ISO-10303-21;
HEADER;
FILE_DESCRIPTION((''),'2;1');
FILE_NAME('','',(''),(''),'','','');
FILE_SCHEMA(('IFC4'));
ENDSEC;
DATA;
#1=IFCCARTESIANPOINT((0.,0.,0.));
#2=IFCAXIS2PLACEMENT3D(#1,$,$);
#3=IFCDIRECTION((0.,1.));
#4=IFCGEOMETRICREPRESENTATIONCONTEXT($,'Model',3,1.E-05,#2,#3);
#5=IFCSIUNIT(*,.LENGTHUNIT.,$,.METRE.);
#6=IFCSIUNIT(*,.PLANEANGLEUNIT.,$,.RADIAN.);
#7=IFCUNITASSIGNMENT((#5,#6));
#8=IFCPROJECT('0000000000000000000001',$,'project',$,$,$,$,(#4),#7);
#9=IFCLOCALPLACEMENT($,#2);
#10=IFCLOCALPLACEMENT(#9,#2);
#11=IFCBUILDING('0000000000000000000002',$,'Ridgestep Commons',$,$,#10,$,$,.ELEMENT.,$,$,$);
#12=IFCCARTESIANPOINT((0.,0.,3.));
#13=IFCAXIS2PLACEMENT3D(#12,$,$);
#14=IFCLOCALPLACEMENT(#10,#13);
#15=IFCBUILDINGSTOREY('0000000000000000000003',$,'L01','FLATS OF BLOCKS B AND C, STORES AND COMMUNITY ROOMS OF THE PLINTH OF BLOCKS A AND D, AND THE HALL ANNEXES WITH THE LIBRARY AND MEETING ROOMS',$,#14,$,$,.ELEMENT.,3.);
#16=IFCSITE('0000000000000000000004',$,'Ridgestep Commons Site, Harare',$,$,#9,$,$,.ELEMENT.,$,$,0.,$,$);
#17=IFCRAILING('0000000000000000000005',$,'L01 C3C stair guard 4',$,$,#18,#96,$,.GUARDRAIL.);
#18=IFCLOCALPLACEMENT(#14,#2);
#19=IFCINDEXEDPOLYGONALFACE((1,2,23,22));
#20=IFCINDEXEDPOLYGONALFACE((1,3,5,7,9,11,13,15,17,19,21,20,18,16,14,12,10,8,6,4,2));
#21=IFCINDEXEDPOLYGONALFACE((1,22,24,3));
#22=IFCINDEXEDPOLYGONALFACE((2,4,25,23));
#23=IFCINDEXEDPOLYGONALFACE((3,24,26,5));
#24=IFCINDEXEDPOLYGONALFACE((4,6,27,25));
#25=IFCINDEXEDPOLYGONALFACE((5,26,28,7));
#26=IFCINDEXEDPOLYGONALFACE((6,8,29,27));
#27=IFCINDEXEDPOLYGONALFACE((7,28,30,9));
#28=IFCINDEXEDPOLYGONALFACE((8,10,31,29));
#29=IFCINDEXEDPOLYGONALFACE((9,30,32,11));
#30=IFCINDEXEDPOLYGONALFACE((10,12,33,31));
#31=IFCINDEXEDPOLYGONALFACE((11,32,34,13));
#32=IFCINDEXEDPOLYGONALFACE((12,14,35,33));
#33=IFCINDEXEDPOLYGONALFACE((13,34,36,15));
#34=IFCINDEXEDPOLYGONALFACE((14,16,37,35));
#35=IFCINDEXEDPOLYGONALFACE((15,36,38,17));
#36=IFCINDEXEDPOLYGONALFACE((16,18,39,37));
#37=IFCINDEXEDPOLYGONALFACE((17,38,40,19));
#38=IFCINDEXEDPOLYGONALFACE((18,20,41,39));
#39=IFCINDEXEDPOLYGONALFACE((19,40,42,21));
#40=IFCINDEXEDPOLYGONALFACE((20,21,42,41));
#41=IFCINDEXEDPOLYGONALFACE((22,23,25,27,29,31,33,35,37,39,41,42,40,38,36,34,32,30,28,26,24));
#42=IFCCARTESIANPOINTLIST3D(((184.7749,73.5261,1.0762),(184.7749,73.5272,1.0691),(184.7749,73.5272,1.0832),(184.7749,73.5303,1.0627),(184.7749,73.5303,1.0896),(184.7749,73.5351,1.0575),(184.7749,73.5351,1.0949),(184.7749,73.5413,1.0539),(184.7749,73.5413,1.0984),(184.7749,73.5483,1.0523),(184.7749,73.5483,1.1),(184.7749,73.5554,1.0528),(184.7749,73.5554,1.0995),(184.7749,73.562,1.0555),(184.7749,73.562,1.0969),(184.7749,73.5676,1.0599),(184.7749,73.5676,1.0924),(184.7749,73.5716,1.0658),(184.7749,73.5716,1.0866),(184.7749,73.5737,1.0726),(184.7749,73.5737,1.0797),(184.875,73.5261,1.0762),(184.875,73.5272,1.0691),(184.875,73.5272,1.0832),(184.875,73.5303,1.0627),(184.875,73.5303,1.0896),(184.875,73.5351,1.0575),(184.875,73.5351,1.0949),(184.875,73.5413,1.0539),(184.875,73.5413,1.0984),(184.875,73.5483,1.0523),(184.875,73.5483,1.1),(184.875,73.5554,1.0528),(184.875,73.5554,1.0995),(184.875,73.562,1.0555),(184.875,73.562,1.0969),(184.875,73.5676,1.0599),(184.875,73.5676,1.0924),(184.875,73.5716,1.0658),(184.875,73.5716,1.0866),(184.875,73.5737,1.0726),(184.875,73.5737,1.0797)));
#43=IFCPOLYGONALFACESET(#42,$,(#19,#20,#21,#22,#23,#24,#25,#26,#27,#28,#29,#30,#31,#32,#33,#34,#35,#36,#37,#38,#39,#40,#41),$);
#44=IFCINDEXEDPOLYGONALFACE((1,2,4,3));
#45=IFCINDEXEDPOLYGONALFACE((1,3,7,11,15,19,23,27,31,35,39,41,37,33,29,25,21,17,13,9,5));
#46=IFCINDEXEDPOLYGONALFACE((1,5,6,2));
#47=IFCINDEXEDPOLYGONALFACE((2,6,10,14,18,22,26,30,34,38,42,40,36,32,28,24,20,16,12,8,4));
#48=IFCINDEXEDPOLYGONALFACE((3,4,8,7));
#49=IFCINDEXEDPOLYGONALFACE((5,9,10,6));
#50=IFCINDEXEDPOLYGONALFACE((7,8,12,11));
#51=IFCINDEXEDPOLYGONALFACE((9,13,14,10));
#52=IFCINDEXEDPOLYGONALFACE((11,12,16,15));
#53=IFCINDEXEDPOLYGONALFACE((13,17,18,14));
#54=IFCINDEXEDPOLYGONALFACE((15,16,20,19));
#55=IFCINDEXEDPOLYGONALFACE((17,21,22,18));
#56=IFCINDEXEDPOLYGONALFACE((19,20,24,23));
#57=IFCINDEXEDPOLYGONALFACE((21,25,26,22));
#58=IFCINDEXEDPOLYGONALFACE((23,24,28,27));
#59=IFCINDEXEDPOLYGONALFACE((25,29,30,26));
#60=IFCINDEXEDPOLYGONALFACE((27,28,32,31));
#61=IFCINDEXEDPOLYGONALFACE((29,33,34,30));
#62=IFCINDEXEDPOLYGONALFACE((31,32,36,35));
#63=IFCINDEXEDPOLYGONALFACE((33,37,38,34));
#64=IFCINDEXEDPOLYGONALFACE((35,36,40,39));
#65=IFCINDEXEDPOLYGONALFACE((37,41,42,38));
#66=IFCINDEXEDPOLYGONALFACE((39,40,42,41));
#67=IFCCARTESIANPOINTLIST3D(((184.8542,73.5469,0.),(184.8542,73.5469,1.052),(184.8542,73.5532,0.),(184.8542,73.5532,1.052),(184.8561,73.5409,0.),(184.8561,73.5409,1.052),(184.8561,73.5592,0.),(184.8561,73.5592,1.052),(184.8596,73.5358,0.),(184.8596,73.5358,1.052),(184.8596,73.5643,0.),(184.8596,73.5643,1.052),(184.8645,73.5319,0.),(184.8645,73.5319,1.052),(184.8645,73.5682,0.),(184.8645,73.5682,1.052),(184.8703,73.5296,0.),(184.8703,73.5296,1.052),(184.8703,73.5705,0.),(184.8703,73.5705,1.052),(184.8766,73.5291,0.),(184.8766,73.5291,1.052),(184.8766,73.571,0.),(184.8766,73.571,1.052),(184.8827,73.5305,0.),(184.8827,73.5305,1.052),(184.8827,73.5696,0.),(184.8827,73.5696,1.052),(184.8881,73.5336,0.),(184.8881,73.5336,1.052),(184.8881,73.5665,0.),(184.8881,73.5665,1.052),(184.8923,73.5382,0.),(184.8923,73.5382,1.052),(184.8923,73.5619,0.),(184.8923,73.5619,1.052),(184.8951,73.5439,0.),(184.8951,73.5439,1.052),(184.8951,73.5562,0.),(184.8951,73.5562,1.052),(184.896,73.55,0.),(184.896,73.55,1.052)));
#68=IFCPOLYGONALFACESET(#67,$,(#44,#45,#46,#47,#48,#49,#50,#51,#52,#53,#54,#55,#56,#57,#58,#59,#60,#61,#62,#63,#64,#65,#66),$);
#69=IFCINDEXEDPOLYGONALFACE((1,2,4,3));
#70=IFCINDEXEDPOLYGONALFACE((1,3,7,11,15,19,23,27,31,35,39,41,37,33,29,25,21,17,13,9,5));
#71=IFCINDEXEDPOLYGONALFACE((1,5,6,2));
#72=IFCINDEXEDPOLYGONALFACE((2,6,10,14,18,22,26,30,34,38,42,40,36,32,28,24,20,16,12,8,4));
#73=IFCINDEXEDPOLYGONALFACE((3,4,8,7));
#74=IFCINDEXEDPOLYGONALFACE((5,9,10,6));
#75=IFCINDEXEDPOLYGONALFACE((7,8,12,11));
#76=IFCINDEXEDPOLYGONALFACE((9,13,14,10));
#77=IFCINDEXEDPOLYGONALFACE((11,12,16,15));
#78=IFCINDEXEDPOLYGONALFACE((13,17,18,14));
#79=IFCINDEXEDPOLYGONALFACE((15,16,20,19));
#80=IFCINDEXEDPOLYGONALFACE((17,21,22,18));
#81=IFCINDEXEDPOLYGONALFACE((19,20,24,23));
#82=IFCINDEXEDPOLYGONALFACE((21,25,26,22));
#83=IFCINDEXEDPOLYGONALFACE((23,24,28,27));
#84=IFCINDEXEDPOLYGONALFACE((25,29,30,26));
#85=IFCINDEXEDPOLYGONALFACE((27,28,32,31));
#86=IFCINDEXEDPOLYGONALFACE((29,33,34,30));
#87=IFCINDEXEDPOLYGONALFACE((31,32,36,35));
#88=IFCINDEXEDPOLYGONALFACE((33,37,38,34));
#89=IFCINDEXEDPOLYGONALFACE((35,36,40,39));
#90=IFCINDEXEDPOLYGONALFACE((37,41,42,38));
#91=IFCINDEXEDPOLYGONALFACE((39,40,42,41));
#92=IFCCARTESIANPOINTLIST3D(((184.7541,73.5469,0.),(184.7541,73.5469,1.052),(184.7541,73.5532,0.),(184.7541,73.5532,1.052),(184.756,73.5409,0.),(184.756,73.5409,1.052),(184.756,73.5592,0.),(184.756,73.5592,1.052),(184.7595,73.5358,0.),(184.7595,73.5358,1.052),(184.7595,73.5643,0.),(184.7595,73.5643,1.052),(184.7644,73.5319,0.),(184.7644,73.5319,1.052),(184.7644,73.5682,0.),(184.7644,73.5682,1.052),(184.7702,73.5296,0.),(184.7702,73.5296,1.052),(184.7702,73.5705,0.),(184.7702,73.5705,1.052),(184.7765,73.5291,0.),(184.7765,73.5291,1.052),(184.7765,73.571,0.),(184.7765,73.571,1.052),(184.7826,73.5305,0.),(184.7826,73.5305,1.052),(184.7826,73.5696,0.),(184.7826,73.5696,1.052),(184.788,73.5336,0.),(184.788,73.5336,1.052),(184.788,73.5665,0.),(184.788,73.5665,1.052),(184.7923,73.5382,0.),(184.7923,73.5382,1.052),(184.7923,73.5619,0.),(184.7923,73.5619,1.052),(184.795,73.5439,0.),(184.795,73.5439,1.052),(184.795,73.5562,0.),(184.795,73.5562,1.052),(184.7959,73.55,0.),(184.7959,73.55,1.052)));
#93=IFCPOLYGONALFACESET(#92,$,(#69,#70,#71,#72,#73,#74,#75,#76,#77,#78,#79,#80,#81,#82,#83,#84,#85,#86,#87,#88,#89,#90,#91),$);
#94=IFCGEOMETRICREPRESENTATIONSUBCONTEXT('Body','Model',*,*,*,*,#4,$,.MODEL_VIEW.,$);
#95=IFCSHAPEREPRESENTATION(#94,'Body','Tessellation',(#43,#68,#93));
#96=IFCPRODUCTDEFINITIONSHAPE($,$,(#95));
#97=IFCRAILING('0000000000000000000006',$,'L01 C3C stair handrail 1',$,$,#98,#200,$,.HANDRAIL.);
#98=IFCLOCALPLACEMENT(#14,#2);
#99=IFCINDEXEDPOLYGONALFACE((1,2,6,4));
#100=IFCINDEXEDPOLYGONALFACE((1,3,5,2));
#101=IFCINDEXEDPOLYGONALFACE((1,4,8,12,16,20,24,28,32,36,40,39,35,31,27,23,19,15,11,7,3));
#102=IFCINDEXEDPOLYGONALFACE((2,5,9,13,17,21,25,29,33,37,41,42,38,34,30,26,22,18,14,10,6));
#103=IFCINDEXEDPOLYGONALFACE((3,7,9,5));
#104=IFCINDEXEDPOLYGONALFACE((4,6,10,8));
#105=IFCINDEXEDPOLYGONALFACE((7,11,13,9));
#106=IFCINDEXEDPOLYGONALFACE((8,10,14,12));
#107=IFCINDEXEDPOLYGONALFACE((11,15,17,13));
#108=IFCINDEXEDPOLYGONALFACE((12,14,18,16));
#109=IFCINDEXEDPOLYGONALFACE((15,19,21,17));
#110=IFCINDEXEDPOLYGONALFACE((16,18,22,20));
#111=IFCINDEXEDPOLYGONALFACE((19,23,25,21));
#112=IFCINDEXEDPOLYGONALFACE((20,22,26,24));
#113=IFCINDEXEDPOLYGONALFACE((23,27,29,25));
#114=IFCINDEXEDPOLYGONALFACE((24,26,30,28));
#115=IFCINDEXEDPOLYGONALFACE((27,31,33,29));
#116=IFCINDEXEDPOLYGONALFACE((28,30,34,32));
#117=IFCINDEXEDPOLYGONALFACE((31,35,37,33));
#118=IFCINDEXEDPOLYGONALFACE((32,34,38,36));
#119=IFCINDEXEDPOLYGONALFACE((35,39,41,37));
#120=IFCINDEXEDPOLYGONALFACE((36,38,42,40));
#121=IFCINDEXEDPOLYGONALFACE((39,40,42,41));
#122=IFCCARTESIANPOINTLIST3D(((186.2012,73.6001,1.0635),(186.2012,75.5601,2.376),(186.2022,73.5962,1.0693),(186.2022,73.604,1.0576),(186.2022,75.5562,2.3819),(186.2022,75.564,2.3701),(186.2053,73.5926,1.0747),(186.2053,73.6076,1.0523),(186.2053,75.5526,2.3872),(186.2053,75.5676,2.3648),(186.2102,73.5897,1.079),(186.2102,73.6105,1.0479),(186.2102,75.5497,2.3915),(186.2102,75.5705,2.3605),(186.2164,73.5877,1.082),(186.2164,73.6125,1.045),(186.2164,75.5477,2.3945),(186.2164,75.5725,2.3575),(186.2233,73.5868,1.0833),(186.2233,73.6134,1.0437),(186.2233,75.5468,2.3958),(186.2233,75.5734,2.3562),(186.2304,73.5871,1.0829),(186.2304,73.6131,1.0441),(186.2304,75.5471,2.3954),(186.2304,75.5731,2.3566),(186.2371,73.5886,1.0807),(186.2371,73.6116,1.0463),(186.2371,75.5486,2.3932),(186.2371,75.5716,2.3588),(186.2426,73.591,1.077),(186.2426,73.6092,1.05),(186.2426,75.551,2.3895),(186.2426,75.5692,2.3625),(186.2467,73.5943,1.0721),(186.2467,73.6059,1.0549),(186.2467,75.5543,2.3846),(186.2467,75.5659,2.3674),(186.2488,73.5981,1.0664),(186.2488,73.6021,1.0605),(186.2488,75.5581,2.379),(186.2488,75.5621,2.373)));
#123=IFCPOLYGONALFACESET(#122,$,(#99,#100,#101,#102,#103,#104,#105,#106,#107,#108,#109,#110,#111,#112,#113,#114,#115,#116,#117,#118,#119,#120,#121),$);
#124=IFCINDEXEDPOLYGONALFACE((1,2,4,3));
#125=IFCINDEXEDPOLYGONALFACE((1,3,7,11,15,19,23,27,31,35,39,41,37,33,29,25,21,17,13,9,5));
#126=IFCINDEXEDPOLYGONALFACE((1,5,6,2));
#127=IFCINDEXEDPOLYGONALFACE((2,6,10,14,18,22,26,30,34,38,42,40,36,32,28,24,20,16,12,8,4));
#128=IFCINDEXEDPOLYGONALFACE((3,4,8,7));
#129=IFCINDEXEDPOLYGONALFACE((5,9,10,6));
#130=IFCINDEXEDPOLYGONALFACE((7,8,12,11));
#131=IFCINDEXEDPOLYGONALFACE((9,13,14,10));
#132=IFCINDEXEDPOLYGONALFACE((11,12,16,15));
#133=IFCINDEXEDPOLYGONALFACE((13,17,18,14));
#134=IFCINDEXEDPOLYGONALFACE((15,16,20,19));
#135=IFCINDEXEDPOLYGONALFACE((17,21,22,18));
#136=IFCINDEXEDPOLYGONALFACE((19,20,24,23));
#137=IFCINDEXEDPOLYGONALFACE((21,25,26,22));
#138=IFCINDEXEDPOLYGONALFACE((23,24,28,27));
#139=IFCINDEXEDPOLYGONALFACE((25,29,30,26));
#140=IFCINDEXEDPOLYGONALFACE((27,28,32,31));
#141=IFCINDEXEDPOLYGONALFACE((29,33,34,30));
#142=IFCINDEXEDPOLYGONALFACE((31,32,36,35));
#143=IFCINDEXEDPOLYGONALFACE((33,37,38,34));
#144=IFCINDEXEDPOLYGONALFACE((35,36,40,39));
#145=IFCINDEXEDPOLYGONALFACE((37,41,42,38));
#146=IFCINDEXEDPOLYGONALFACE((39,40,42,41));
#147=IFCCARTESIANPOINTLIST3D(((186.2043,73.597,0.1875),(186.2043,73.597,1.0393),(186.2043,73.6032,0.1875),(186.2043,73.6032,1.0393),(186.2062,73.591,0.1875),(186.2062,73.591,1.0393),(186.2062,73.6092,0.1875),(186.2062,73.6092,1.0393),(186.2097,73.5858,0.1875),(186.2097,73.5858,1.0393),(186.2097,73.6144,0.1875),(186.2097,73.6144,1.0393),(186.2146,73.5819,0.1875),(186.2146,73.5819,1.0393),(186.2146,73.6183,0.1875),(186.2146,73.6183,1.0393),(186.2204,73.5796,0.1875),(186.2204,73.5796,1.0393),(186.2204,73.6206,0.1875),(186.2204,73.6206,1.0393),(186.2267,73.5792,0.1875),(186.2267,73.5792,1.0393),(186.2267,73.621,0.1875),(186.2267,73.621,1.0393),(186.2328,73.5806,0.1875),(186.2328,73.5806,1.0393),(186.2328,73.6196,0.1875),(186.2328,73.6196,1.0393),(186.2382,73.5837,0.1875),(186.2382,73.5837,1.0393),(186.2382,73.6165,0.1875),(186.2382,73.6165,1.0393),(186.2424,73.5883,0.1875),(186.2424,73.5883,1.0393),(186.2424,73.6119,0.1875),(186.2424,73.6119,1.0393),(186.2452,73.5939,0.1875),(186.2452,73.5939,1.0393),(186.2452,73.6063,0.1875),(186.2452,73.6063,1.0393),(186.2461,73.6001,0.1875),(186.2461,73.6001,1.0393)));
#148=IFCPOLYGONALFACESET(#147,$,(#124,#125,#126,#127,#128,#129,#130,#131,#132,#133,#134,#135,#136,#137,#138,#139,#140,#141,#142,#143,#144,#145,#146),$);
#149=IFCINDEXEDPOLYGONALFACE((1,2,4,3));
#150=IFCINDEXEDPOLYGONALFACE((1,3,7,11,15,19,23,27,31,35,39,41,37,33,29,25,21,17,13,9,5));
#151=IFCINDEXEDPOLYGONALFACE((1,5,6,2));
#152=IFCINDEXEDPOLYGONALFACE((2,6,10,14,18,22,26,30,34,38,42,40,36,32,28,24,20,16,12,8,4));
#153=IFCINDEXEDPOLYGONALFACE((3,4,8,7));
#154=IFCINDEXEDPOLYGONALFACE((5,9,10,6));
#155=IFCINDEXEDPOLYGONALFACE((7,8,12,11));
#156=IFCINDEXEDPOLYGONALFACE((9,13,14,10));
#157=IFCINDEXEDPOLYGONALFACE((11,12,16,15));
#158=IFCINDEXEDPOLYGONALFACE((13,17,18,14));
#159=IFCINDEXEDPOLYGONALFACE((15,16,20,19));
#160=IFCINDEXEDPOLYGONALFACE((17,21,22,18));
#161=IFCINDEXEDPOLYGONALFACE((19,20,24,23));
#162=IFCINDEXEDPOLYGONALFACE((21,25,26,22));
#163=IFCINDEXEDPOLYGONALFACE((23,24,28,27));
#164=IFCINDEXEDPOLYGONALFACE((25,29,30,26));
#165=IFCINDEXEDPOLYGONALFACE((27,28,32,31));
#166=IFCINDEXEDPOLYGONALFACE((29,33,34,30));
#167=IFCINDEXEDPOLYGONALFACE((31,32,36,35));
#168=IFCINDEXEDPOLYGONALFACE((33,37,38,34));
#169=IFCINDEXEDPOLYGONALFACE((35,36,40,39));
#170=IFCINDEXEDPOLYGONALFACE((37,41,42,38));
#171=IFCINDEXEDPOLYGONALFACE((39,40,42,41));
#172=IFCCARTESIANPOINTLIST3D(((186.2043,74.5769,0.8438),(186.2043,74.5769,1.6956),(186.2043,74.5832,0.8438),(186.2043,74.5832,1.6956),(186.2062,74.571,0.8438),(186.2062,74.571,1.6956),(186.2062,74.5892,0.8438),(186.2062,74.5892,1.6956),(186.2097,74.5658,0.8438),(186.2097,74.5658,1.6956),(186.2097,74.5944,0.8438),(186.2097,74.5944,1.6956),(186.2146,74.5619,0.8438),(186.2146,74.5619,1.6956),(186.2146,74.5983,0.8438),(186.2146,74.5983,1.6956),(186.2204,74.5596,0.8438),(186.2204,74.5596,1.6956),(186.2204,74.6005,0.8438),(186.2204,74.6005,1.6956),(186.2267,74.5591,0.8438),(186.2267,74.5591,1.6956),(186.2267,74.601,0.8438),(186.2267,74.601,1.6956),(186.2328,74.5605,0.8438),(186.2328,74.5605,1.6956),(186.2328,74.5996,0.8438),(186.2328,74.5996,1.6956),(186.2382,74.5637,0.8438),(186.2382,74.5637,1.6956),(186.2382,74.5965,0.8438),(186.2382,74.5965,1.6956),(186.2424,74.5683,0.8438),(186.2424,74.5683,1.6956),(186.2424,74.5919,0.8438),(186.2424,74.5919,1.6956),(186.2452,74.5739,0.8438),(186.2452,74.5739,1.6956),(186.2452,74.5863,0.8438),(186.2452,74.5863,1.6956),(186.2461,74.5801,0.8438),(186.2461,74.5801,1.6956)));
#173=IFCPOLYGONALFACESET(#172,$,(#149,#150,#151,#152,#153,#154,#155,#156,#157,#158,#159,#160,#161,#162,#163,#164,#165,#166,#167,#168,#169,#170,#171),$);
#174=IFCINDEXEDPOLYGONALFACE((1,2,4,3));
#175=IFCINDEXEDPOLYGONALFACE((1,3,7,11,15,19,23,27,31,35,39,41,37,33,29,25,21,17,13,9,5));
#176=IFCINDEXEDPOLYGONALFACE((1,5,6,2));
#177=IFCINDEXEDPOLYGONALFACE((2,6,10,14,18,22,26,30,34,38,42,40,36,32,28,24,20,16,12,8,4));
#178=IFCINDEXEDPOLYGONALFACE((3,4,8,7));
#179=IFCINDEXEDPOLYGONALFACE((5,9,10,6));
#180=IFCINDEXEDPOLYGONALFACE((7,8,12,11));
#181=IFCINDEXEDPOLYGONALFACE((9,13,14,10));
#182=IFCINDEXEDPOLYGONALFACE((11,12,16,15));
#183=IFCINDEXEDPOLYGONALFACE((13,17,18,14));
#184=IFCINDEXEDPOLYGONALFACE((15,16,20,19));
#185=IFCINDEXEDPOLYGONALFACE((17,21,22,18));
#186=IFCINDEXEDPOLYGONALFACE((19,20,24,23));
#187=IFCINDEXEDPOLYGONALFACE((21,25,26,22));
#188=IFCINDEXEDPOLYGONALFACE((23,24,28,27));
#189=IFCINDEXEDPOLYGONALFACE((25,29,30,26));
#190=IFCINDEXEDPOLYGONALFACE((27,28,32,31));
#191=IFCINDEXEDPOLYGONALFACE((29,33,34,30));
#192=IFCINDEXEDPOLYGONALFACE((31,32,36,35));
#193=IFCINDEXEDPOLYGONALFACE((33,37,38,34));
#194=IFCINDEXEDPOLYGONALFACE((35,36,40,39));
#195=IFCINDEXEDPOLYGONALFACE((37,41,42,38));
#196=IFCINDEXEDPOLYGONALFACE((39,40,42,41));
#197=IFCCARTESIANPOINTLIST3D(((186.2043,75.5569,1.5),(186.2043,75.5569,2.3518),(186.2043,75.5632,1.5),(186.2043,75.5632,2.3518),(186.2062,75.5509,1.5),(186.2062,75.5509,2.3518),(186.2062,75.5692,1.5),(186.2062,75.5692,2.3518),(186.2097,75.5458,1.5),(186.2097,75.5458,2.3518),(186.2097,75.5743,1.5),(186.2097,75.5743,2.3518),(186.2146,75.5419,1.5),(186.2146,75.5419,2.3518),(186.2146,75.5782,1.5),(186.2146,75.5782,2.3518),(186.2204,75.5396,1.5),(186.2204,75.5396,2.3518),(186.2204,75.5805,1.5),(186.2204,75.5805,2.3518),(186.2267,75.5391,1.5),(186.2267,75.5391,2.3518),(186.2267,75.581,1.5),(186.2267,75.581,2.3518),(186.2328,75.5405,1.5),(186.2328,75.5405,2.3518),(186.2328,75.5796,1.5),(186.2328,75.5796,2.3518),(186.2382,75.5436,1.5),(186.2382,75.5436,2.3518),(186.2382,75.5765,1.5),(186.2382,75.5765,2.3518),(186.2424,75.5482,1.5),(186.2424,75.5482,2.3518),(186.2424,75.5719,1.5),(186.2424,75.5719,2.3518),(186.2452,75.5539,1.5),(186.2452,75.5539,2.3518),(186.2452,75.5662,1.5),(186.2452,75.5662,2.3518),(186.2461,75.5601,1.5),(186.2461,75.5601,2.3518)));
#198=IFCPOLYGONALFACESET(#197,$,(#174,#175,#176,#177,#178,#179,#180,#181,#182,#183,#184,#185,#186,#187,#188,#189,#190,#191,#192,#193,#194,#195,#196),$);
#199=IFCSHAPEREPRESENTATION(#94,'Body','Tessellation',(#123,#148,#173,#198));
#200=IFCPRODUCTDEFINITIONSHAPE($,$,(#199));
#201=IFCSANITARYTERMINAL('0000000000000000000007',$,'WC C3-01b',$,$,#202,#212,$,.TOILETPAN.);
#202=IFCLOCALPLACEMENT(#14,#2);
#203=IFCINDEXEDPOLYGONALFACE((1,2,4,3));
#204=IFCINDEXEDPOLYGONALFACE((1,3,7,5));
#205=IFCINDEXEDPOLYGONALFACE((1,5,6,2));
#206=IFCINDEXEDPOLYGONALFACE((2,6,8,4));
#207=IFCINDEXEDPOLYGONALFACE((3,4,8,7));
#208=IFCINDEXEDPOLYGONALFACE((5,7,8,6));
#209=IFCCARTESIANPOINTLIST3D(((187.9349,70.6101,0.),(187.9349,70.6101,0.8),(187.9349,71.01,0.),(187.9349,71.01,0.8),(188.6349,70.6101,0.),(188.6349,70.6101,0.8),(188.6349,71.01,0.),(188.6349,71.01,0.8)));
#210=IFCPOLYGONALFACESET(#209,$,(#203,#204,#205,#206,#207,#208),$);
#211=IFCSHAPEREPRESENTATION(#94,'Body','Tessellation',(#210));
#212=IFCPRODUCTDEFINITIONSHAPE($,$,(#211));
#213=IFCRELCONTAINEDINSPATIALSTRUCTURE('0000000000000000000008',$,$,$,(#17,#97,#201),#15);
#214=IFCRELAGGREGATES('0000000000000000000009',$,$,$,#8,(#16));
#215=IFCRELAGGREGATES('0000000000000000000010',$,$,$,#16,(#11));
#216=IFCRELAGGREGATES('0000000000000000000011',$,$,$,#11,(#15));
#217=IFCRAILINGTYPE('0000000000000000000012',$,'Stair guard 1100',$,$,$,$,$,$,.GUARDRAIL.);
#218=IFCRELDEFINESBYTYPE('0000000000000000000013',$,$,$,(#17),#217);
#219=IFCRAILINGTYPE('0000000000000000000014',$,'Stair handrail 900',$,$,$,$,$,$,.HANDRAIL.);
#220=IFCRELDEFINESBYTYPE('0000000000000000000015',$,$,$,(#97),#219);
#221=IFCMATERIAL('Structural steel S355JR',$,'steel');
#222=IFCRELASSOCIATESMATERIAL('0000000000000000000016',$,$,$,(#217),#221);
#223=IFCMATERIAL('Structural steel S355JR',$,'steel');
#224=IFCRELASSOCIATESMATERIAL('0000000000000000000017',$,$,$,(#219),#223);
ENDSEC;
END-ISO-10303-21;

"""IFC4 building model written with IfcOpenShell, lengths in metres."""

from ifc_helpers import new_model, si_unit, direction, frame, origin, origin_2d, place, context, subcontext, project, spatial, rectangle, circle, extrude, material, type_object, element, save


model = new_model("IFC4")

# Units and contexts
model_context = context("Model", 3, precision=1e-05, world=origin(), true_north=direction((0.0, 1.0)))
body_context = subcontext(model_context, "Body", "Model", "MODEL_VIEW")
ifc_project = project(units=[si_unit("LENGTHUNIT", "METRE"), si_unit("PLANEANGLEUNIT", "RADIAN")], contexts=[model_context])

# Site, building, storey
site_placement = place(None, origin())
site = spatial("IfcSite", under=ifc_project, at=site_placement, Name="Ridgestep Commons Site, Harare", CompositionType="ELEMENT", RefElevation=0.0)
building_placement = place(site_placement, origin())
building = spatial("IfcBuilding", under=site, at=building_placement, Name="Ridgestep Commons", CompositionType="ELEMENT")
storey_placement = place(building_placement, frame((0.0, 0.0, 3.0)))
storey = spatial("IfcBuildingStorey", under=building, at=storey_placement, Name="L01", Description="FLATS OF BLOCKS B AND C, STORES AND COMMUNITY ROOMS OF THE PLINTH OF BLOCKS A AND D, AND THE HALL ANNEXES WITH THE LIBRARY AND MEETING ROOMS", CompositionType="ELEMENT", Elevation=3.0)

# Railings
ifc_material_1 = material(Name="Structural steel S355JR", Category="steel")
railing_type_1 = type_object("IfcRailingType", Name="Stair guard 1100", PredefinedType="GUARDRAIL", material=ifc_material_1)
railing_1_placement = place(storey_placement, frame((184.875, 73.55, 0.0)))
element("IfcRailing", 1, at=railing_1_placement, inside=storey, type_object=railing_type_1, Name="L01 C3C stair guard 4", PredefinedType="GUARDRAIL", context=body_context, shape_type="SweptSolid", body=[
    extrude(circle(Radius=0.0239, at=origin_2d()), frame((0.0, 0.0, 1.0762), z_axis=(-1.0, 0.0, 0.0), x_axis=(0.0, -1.0, 0.0)), (0.0, 0.0, 1.0), 0.1001),
    extrude(circle(Radius=0.021, at=origin_2d()), origin(), (0.0, 0.0, 1.0), 1.052),
    extrude(circle(Radius=0.021, at=origin_2d()), frame((-0.1001, 0.0, 0.0)), (0.0, 0.0, 1.0), 1.052),
])
ifc_material_2 = material(Name="Structural steel S355JR", Category="steel")
railing_type_2 = type_object("IfcRailingType", Name="Stair handrail 900", PredefinedType="HANDRAIL", material=ifc_material_2)
railing_2_placement = place(storey_placement, frame((186.2251, 73.6001, 0.1875)))
element("IfcRailing", 2, at=railing_2_placement, inside=storey, type_object=railing_type_2, Name="L01 C3C stair handrail 1", PredefinedType="HANDRAIL", context=body_context, shape_type="SweptSolid", body=[
    extrude(circle(Radius=0.0239, at=origin_2d()), frame((0.0, 0.0, 0.876), z_axis=(0.0, 0.830902, 0.556419), x_axis=(-1.0, 0.0, 0.0)), (0.0, 0.0, 1.0), 2.3589),
    extrude(circle(Radius=0.021, at=origin_2d()), origin(), (0.0, 0.0, 1.0), 0.8518),
    extrude(circle(Radius=0.021, at=origin_2d()), frame((0.0, 0.98, 0.6562)), (0.0, 0.0, 1.0), 0.8518),
    extrude(circle(Radius=0.021, at=origin_2d()), frame((0.0, 1.96, 1.3125)), (0.0, 0.0, 1.0), 0.8518),
])

# Sanitary terminal
sanitary_terminal_1_placement = place(storey_placement, frame((188.2849, 70.8101, 0.0), z_axis=(0.0, 0.0, 1.0), x_axis=(1.0, 0.0, 0.0)))
element("IfcSanitaryTerminal", 3, at=sanitary_terminal_1_placement, inside=storey, Name="WC C3-01b", PredefinedType="TOILETPAN", context=body_context, shape_type="SweptSolid", body=[
    extrude(rectangle(XDim=0.7, YDim=0.3999, at=origin_2d()), origin(), (0.0, 0.0, 1.0), 0.8),
])

save(model, "model.ifc")
